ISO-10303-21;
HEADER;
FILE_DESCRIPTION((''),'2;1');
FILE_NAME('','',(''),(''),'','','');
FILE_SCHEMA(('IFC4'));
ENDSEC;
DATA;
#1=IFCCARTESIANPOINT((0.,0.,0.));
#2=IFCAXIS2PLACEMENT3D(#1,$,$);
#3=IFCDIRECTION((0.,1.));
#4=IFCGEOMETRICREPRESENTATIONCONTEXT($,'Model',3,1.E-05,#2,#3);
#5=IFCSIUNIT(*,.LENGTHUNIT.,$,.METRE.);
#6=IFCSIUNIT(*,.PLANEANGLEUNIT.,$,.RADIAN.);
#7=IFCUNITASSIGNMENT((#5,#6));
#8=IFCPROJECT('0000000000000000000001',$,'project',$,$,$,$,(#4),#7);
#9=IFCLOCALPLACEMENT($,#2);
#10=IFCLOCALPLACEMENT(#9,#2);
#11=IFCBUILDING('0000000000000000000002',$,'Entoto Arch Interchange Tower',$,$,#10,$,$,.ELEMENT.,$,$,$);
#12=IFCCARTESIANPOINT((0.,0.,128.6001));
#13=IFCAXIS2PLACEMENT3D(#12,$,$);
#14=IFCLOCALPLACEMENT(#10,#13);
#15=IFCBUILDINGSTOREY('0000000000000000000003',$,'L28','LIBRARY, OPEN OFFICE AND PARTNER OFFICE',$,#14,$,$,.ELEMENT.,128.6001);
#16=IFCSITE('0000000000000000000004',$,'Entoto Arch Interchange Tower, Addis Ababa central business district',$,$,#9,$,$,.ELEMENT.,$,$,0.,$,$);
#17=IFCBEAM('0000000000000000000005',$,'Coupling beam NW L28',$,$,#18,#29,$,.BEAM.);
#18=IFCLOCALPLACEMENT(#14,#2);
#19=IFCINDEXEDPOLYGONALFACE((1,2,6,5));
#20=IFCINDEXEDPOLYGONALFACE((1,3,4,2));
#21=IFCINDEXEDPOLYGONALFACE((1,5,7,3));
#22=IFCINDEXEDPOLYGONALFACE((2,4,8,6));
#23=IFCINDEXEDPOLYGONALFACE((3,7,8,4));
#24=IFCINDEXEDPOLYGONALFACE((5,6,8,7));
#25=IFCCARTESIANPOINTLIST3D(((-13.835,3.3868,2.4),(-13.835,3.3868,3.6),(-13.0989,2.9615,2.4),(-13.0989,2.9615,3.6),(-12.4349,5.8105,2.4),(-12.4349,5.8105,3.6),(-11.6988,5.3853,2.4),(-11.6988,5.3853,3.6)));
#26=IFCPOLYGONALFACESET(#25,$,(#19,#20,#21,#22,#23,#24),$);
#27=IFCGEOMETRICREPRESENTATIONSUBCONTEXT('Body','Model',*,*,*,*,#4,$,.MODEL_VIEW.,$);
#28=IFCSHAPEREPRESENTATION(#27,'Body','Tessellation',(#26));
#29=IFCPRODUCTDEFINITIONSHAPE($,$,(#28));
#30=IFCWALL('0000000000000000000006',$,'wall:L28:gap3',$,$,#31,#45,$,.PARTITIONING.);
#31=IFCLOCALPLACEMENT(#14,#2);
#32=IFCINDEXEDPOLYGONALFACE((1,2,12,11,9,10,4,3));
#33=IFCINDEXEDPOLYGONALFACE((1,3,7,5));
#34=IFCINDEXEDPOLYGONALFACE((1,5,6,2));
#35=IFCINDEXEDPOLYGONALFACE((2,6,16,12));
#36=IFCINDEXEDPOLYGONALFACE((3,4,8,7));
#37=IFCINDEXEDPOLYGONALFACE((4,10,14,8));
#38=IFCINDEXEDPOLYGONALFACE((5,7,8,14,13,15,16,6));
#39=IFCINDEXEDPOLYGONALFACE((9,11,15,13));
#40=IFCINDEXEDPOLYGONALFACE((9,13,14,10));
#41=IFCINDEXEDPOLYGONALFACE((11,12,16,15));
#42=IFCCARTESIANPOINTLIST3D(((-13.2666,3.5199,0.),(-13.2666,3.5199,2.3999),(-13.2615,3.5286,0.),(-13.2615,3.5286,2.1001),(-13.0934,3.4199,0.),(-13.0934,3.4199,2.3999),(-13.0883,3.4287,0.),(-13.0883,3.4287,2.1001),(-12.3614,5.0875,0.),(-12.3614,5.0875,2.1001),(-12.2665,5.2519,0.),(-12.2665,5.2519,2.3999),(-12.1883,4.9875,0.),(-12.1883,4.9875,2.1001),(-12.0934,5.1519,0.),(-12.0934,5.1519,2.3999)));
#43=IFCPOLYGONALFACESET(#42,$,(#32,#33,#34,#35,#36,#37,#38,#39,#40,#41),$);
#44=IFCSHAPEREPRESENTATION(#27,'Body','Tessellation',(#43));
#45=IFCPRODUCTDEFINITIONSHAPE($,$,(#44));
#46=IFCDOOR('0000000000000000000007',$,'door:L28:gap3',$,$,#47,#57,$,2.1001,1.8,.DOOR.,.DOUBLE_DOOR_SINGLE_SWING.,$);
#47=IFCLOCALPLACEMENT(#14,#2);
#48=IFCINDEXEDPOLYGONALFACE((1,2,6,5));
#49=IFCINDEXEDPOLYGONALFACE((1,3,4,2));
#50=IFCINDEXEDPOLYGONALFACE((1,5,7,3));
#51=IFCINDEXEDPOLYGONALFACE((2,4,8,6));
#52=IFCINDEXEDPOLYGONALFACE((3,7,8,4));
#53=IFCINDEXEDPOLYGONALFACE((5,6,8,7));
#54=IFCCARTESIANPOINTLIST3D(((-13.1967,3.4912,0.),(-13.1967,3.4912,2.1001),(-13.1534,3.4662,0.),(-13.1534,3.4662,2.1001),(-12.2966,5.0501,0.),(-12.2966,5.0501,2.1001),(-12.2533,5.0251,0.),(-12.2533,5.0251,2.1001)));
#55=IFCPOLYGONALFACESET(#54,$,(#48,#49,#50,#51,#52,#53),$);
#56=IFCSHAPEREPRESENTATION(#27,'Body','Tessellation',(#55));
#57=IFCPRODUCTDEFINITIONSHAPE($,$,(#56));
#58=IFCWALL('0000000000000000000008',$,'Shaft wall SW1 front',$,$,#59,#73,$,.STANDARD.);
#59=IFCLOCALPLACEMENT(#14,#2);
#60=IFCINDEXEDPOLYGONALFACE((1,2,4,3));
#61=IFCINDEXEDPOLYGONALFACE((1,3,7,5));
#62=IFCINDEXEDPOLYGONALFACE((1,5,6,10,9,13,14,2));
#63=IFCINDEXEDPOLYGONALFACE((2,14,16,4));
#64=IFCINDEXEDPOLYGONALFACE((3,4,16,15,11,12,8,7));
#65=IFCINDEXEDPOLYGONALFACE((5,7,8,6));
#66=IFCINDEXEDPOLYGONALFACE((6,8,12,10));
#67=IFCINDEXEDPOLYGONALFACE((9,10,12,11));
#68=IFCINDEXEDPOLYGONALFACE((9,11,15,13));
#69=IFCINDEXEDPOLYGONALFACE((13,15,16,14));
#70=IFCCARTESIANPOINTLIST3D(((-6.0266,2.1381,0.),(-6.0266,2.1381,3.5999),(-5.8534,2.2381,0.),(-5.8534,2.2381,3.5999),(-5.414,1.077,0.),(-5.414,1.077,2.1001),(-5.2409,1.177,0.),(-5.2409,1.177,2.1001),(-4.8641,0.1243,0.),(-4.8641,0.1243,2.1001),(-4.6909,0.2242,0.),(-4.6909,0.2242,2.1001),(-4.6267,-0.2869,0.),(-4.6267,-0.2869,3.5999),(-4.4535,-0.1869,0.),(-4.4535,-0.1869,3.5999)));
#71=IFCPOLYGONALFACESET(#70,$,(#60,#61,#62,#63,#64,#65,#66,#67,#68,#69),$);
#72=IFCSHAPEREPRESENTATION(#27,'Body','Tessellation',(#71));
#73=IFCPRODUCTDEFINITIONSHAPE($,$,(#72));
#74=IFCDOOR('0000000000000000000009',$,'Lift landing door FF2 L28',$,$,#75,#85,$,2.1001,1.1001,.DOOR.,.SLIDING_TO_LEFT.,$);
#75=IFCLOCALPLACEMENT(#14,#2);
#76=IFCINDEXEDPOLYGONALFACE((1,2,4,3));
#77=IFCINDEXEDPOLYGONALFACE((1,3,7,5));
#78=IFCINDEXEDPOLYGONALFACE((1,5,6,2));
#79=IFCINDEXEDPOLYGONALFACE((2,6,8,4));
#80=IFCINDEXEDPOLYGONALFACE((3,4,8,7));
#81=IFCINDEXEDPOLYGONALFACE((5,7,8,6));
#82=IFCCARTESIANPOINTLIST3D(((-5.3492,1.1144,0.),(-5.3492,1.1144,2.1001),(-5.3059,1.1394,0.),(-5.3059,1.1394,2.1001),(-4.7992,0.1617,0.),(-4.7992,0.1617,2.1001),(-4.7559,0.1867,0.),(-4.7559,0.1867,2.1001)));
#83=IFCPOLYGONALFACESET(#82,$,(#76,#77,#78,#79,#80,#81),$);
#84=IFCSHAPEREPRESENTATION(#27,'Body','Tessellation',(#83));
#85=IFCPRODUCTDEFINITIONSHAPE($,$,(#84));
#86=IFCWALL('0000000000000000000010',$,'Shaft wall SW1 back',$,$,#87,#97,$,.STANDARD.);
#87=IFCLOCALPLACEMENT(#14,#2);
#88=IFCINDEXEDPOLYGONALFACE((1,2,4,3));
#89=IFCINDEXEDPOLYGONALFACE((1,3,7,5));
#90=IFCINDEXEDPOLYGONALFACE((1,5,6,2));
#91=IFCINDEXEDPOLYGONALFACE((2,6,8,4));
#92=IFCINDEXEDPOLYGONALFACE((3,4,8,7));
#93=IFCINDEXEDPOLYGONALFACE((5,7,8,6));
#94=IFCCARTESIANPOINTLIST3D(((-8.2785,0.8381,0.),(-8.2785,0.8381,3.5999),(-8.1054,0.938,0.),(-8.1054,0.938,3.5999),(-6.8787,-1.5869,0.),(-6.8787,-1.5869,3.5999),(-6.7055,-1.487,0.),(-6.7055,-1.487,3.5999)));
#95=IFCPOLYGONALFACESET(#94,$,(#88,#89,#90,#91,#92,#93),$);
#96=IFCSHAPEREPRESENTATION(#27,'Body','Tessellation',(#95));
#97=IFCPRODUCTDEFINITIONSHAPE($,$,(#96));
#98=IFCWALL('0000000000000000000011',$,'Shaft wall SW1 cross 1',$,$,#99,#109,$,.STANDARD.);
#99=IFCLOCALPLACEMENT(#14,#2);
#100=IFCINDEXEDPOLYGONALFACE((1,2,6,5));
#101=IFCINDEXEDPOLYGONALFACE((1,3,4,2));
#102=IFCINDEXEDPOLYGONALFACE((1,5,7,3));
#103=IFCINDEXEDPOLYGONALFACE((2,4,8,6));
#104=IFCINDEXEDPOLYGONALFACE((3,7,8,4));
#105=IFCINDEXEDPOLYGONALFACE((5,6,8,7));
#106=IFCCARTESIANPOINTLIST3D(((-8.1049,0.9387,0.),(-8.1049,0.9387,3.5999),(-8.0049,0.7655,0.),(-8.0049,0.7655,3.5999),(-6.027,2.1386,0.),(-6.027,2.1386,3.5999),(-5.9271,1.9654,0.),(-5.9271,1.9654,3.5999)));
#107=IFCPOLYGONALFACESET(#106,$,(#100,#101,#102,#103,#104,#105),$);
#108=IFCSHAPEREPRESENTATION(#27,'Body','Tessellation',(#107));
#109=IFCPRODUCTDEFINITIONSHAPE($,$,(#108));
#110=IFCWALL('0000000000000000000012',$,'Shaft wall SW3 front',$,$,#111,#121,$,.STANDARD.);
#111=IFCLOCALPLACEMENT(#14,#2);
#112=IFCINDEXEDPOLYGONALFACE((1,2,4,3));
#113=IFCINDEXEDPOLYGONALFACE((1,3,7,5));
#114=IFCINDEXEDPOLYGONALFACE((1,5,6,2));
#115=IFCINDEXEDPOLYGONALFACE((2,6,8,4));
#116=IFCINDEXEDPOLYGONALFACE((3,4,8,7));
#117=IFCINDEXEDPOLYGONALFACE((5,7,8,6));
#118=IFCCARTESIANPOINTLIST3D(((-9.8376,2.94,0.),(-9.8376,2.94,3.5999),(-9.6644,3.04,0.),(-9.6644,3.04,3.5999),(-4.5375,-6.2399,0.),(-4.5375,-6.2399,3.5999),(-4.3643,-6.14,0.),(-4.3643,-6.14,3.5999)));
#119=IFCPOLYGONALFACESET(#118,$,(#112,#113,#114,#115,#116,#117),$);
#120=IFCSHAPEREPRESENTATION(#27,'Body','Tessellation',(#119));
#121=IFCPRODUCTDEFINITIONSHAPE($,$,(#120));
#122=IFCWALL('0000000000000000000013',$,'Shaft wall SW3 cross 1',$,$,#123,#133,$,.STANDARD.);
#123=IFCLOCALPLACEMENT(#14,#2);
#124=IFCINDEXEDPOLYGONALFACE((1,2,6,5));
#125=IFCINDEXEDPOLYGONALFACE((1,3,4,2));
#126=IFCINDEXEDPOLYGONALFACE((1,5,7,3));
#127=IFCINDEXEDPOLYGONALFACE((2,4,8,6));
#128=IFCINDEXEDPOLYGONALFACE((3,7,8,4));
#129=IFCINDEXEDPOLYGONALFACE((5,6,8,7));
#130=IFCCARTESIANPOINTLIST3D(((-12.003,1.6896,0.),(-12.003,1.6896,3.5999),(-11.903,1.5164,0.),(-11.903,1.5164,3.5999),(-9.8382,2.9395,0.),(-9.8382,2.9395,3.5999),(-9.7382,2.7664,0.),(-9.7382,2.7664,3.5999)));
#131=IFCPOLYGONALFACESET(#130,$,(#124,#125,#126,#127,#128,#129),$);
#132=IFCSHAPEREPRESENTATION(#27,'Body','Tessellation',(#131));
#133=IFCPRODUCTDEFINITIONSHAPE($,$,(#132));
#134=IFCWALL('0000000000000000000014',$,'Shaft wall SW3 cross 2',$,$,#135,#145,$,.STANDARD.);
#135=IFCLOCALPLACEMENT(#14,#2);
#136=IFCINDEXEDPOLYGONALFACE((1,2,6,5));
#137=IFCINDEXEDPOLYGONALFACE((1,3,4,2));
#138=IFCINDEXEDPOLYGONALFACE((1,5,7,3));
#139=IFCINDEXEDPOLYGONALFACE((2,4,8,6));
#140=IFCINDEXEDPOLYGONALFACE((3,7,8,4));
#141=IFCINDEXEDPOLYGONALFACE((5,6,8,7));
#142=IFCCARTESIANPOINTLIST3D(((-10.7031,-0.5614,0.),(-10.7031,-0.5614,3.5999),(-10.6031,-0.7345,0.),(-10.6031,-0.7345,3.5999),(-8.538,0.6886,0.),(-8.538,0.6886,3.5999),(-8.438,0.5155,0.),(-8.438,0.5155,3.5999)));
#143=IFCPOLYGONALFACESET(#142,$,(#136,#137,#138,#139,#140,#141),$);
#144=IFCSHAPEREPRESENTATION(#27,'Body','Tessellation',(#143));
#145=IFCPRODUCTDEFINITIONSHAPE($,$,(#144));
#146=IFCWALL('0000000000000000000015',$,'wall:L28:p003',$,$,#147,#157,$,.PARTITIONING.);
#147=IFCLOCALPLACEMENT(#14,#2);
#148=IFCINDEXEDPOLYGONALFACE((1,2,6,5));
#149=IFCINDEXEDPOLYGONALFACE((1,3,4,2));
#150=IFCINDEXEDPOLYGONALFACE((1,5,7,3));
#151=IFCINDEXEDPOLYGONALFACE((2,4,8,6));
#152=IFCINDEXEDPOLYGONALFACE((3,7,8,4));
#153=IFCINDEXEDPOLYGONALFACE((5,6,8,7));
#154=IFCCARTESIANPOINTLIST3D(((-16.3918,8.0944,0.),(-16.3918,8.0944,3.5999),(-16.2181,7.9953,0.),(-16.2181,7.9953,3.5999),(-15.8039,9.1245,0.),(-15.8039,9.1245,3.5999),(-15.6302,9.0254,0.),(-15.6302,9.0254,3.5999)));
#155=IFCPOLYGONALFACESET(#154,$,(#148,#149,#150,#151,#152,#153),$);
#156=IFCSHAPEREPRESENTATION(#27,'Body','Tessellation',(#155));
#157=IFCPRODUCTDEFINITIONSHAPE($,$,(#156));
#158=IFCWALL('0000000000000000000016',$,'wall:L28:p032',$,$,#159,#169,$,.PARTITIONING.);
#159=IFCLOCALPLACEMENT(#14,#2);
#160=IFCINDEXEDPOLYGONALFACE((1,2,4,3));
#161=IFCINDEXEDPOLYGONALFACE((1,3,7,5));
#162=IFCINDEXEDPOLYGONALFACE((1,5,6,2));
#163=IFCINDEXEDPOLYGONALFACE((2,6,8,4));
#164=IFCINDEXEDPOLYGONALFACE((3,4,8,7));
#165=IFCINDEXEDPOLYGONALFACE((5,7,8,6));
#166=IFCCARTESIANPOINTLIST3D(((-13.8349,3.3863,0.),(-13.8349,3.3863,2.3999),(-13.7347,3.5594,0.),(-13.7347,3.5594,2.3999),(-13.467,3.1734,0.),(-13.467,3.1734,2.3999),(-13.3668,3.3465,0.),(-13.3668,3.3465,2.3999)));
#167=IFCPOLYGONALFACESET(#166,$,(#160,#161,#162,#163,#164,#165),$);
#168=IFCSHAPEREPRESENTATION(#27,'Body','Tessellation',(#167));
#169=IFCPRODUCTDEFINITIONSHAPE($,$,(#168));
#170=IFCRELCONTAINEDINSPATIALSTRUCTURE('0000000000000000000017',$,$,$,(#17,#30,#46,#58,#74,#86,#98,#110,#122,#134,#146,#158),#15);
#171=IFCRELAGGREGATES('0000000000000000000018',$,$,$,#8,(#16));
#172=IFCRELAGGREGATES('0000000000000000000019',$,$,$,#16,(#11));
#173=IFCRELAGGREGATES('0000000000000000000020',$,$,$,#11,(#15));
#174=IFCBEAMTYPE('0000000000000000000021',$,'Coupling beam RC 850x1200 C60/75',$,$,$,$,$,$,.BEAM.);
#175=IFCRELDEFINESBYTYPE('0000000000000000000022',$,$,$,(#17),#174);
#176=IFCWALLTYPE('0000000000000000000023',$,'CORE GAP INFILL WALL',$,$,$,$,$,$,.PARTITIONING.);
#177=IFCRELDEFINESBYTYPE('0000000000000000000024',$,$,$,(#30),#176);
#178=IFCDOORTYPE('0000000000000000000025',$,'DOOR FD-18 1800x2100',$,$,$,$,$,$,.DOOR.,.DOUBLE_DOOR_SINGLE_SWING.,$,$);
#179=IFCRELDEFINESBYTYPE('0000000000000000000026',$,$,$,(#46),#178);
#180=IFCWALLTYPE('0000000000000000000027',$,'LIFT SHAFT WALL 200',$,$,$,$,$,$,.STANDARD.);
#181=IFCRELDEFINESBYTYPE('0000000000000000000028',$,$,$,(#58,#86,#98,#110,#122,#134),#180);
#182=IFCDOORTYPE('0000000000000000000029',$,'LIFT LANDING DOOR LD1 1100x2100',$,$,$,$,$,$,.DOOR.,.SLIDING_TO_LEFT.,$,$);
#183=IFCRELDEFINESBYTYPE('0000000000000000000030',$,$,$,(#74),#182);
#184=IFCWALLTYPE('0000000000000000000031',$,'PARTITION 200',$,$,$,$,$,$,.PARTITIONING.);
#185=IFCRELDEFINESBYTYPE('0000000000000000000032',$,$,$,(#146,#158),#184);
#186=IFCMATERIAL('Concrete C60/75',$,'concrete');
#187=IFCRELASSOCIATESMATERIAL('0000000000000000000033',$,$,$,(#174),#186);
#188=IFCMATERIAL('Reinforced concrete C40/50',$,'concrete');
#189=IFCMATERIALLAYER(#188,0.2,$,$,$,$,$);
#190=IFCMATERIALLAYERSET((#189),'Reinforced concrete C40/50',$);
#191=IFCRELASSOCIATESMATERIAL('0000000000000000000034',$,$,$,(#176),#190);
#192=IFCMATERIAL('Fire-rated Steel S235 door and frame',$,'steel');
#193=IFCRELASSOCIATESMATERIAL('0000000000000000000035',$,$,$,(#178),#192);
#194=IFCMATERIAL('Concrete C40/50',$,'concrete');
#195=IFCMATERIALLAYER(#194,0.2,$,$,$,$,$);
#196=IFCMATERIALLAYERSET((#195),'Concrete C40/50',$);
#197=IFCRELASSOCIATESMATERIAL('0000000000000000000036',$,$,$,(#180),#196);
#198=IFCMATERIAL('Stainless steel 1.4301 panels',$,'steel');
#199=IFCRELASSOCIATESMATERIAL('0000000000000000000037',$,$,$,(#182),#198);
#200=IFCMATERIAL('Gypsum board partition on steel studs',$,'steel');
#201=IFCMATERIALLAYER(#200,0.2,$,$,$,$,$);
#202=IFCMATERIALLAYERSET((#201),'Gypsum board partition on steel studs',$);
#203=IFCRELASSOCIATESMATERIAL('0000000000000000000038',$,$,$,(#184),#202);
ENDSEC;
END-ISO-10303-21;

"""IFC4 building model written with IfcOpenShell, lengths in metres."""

from ifc_helpers import new_model, si_unit, direction, frame, frame_2d, origin, origin_2d, place, context, subcontext, project, spatial, rectangle, extrude, material, layer, layer_set, material_profile, profile_set, type_object, element, fill, save


model = new_model("IFC4")

# Units and contexts
model_context = context("Model", 3, precision=1e-05, world=origin(), true_north=direction((0.0, 1.0)))
body_context = subcontext(model_context, "Body", "Model", "MODEL_VIEW")
ifc_project = project(units=[si_unit("LENGTHUNIT", "METRE"), si_unit("PLANEANGLEUNIT", "RADIAN")], contexts=[model_context])

# Site, building, storey
site_placement = place(None, origin())
site = spatial("IfcSite", under=ifc_project, at=site_placement, Name="Entoto Arch Interchange Tower, Addis Ababa central business district", CompositionType="ELEMENT", RefElevation=0.0)
building_placement = place(site_placement, origin())
building = spatial("IfcBuilding", under=site, at=building_placement, Name="Entoto Arch Interchange Tower", CompositionType="ELEMENT")
storey_placement = place(building_placement, frame((0.0, 0.0, 128.6001)))
storey = spatial("IfcBuildingStorey", under=building, at=storey_placement, Name="L28", Description="LIBRARY, OPEN OFFICE AND PARTNER OFFICE", CompositionType="ELEMENT", Elevation=128.6001)

# Beam
ifc_material_1 = material(Name="Concrete C60/75", Category="concrete")
ifc_material_profile = material_profile(ifc_material_1, rectangle(XDim=0.8501, YDim=1.2, at=origin_2d()))
ifc_profile_set = profile_set([ifc_material_profile], Name="Concrete C60/75")
beam_type = type_object("IfcBeamType", Name="Coupling beam RC 850x1200 C60/75", PredefinedType="BEAM", material=ifc_profile_set)
beam_placement = place(storey_placement, frame((-12.0669, 5.5979, 3.0), z_axis=(-0.500201, -0.86591, 0.0), x_axis=(0.86591, -0.500201, 0.0)))
element("IfcBeam", 1, at=beam_placement, inside=storey, type_object=beam_type, Name="Coupling beam NW L28", PredefinedType="BEAM", context=body_context, shape_type="SweptSolid", body=[
    extrude(rectangle(XDim=0.8501, YDim=1.2, at=origin_2d()), origin(), (0.0, 0.0, 1.0), 2.7991),
])

# Walls, openings, doors
ifc_material_2 = material(Name="Reinforced concrete C40/50", Category="concrete")
ifc_layer_1 = layer(ifc_material_2, 0.2)
ifc_layer_set_1 = layer_set([ifc_layer_1], Name="Reinforced concrete C40/50")
wall_type_1 = type_object("IfcWallType", Name="CORE GAP INFILL WALL", PredefinedType="PARTITIONING", material=ifc_layer_set_1)
wall_1_placement = place(storey_placement, frame((-12.1799, 5.2019, 0.0), z_axis=(0.0, 0.0, 1.0), x_axis=(-0.500025, -0.866011, 0.0)))
wall_1 = element("IfcWall", 2, at=wall_1_placement, inside=storey, type_object=wall_type_1, Name="wall:L28:gap3", PredefinedType="PARTITIONING", context=body_context, shape_type="SweptSolid", body=[
    extrude(rectangle(XDim=2.0, YDim=0.2, at=frame_2d((1.0, 0.0))), origin(), (0.0, 0.0, 1.0), 2.3999),
])
opening_1_placement = place(wall_1_placement, frame((0.1899, 0.0, 0.0)))
opening_1 = element("IfcOpeningElement", 3, at=opening_1_placement, cuts=wall_1, PredefinedType="OPENING", context=body_context, shape_type="SweptSolid", body=[
    extrude(rectangle(XDim=1.8, YDim=2.1001, at=frame_2d((0.8999, 1.05))), frame((0.0, 0.1099, 0.0), z_axis=(0.0, -1.0, 0.0), x_axis=(1.0, 0.0, 0.0)), (0.0, 0.0, 1.0), 0.22),
])
ifc_material_3 = material(Name="Fire-rated Steel S235 door and frame", Category="steel")
door_type_1 = type_object("IfcDoorType", Name="DOOR FD-18 1800x2100", OperationType="DOUBLE_DOOR_SINGLE_SWING", PredefinedType="DOOR", material=ifc_material_3)
door_1_placement = place(opening_1_placement, origin())
door_1 = element("IfcDoor", 4, at=door_1_placement, inside=storey, type_object=door_type_1, Name="door:L28:gap3", OperationType="DOUBLE_DOOR_SINGLE_SWING", OverallHeight=2.1001, OverallWidth=1.8, PredefinedType="DOOR", context=body_context, shape_type="SweptSolid", body=[
    extrude(rectangle(XDim=1.8, YDim=2.1001, at=frame_2d((0.8999, 1.05))), frame((0.0, 0.0249, 0.0), z_axis=(0.0, -1.0, 0.0), x_axis=(1.0, 0.0, 0.0)), (0.0, 0.0, 1.0), 0.05),
])
fill(opening_1, door_1)
ifc_material_4 = material(Name="Concrete C40/50", Category="concrete")
ifc_layer_2 = layer(ifc_material_4, 0.2)
ifc_layer_set_2 = layer_set([ifc_layer_2], Name="Concrete C40/50")
wall_type_2 = type_object("IfcWallType", Name="LIFT SHAFT WALL 200", PredefinedType="STANDARD", material=ifc_layer_set_2)
wall_2_placement = place(storey_placement, frame((-5.9399, 2.188, 0.0), z_axis=(0.0, 0.0, 1.0), x_axis=(0.499946, -0.866056, 0.0)))
wall_2 = element("IfcWall", 5, at=wall_2_placement, inside=storey, type_object=wall_type_2, Name="Shaft wall SW1 front", PredefinedType="STANDARD", context=body_context, shape_type="SweptSolid", body=[
    extrude(rectangle(XDim=2.8, YDim=0.2, at=frame_2d((1.3999, 0.0))), origin(), (0.0, 0.0, 1.0), 3.5999),
])
opening_2_placement = place(wall_2_placement, frame((1.2251, 0.0, 0.0)))
opening_2 = element("IfcOpeningElement", 6, at=opening_2_placement, cuts=wall_2, PredefinedType="OPENING", context=body_context, shape_type="SweptSolid", body=[
    extrude(rectangle(XDim=1.1001, YDim=2.1001, at=frame_2d((0.55, 1.05))), frame((0.0, 0.1099, 0.0), z_axis=(0.0, -1.0, 0.0), x_axis=(1.0, 0.0, 0.0)), (0.0, 0.0, 1.0), 0.22),
])
ifc_material_5 = material(Name="Stainless steel 1.4301 panels", Category="steel")
door_type_2 = type_object("IfcDoorType", Name="LIFT LANDING DOOR LD1 1100x2100", OperationType="SLIDING_TO_LEFT", PredefinedType="DOOR", material=ifc_material_5)
door_2_placement = place(opening_2_placement, origin())
door_2 = element("IfcDoor", 7, at=door_2_placement, inside=storey, type_object=door_type_2, Name="Lift landing door FF2 L28", OperationType="SLIDING_TO_LEFT", OverallHeight=2.1001, OverallWidth=1.1001, PredefinedType="DOOR", context=body_context, shape_type="SweptSolid", body=[
    extrude(rectangle(XDim=1.1001, YDim=2.1001, at=frame_2d((0.55, 1.05))), frame((0.0, 0.0249, 0.0), z_axis=(0.0, -1.0, 0.0), x_axis=(1.0, 0.0, 0.0)), (0.0, 0.0, 1.0), 0.05),
])
fill(opening_2, door_2)

# Walls
wall_3_placement = place(storey_placement, frame((-8.1919, 0.8879, 0.0), z_axis=(0.0, 0.0, 1.0), x_axis=(0.499946, -0.866056, 0.0)))
element("IfcWall", 8, at=wall_3_placement, inside=storey, type_object=wall_type_2, Name="Shaft wall SW1 back", PredefinedType="STANDARD", context=body_context, shape_type="SweptSolid", body=[
    extrude(rectangle(XDim=2.8, YDim=0.2, at=frame_2d((1.3999, 0.0))), origin(), (0.0, 0.0, 1.0), 3.5999),
])
wall_4_placement = place(storey_placement, frame((-5.9771, 2.052, 0.0), z_axis=(0.0, 0.0, 1.0), x_axis=(-0.865974, -0.500089, 0.0)))
element("IfcWall", 9, at=wall_4_placement, inside=storey, type_object=wall_type_2, Name="Shaft wall SW1 cross 1", PredefinedType="STANDARD", context=body_context, shape_type="SweptSolid", body=[
    extrude(rectangle(XDim=2.3994, YDim=0.2, at=frame_2d((1.1997, 0.0))), origin(), (0.0, 0.0, 1.0), 3.5999),
])
wall_5_placement = place(storey_placement, frame((-9.751, 2.99, 0.0), z_axis=(0.0, 0.0, 1.0), x_axis=(0.500001, -0.866025, 0.0)))
element("IfcWall", 10, at=wall_5_placement, inside=storey, type_object=wall_type_2, Name="Shaft wall SW3 front", PredefinedType="STANDARD", context=body_context, shape_type="SweptSolid", body=[
    extrude(rectangle(XDim=10.6001, YDim=0.2, at=frame_2d((5.3, 0.0))), origin(), (0.0, 0.0, 1.0), 3.5999),
])
wall_6_placement = place(storey_placement, frame((-9.7881, 2.853, 0.0), z_axis=(0.0, 0.0, 1.0), x_axis=(-0.865999, -0.500047, 0.0)))
element("IfcWall", 11, at=wall_6_placement, inside=storey, type_object=wall_type_2, Name="Shaft wall SW3 cross 1", PredefinedType="STANDARD", context=body_context, shape_type="SweptSolid", body=[
    extrude(rectangle(XDim=2.4998, YDim=0.2, at=frame_2d((1.25, 0.0))), origin(), (0.0, 0.0, 1.0), 3.5999),
])
wall_7_placement = place(storey_placement, frame((-8.488, 0.6021, 0.0), z_axis=(0.0, 0.0, 1.0), x_axis=(-0.866023, -0.500004, 0.0)))
element("IfcWall", 12, at=wall_7_placement, inside=storey, type_object=wall_type_2, Name="Shaft wall SW3 cross 2", PredefinedType="STANDARD", context=body_context, shape_type="SweptSolid", body=[
    extrude(rectangle(XDim=2.5, YDim=0.2, at=frame_2d((1.25, 0.0))), origin(), (0.0, 0.0, 1.0), 3.5999),
])
ifc_material_6 = material(Name="Gypsum board partition on steel studs", Category="steel")
ifc_layer_3 = layer(ifc_material_6, 0.2)
ifc_layer_set_3 = layer_set([ifc_layer_3], Name="Gypsum board partition on steel studs")
wall_type_3 = type_object("IfcWallType", Name="PARTITION 200", PredefinedType="PARTITIONING", material=ifc_layer_set_3)
wall_8_placement = place(storey_placement, frame((-15.717, 9.075, 0.0), z_axis=(0.0, 0.0, 1.0), x_axis=(-0.495695, -0.868496, 0.0)))
element("IfcWall", 13, at=wall_8_placement, inside=storey, type_object=wall_type_3, Name="wall:L28:p003", PredefinedType="PARTITIONING", context=body_context, shape_type="SweptSolid", body=[
    extrude(rectangle(XDim=1.186, YDim=0.2, at=frame_2d((0.593, 0.0))), origin(), (0.0, 0.0, 1.0), 3.5999),
])
wall_9_placement = place(storey_placement, frame((-13.417, 3.26, 0.0), z_axis=(0.0, 0.0, 1.0), x_axis=(-0.865544, 0.500832, 0.0)))
element("IfcWall", 14, at=wall_9_placement, inside=storey, type_object=wall_type_3, Name="wall:L28:p032", PredefinedType="PARTITIONING", context=body_context, shape_type="SweptSolid", body=[
    extrude(rectangle(XDim=0.425, YDim=0.2, at=frame_2d((0.2124, 0.0))), origin(), (0.0, 0.0, 1.0), 2.3999),
])

save(model, "model.ifc")
